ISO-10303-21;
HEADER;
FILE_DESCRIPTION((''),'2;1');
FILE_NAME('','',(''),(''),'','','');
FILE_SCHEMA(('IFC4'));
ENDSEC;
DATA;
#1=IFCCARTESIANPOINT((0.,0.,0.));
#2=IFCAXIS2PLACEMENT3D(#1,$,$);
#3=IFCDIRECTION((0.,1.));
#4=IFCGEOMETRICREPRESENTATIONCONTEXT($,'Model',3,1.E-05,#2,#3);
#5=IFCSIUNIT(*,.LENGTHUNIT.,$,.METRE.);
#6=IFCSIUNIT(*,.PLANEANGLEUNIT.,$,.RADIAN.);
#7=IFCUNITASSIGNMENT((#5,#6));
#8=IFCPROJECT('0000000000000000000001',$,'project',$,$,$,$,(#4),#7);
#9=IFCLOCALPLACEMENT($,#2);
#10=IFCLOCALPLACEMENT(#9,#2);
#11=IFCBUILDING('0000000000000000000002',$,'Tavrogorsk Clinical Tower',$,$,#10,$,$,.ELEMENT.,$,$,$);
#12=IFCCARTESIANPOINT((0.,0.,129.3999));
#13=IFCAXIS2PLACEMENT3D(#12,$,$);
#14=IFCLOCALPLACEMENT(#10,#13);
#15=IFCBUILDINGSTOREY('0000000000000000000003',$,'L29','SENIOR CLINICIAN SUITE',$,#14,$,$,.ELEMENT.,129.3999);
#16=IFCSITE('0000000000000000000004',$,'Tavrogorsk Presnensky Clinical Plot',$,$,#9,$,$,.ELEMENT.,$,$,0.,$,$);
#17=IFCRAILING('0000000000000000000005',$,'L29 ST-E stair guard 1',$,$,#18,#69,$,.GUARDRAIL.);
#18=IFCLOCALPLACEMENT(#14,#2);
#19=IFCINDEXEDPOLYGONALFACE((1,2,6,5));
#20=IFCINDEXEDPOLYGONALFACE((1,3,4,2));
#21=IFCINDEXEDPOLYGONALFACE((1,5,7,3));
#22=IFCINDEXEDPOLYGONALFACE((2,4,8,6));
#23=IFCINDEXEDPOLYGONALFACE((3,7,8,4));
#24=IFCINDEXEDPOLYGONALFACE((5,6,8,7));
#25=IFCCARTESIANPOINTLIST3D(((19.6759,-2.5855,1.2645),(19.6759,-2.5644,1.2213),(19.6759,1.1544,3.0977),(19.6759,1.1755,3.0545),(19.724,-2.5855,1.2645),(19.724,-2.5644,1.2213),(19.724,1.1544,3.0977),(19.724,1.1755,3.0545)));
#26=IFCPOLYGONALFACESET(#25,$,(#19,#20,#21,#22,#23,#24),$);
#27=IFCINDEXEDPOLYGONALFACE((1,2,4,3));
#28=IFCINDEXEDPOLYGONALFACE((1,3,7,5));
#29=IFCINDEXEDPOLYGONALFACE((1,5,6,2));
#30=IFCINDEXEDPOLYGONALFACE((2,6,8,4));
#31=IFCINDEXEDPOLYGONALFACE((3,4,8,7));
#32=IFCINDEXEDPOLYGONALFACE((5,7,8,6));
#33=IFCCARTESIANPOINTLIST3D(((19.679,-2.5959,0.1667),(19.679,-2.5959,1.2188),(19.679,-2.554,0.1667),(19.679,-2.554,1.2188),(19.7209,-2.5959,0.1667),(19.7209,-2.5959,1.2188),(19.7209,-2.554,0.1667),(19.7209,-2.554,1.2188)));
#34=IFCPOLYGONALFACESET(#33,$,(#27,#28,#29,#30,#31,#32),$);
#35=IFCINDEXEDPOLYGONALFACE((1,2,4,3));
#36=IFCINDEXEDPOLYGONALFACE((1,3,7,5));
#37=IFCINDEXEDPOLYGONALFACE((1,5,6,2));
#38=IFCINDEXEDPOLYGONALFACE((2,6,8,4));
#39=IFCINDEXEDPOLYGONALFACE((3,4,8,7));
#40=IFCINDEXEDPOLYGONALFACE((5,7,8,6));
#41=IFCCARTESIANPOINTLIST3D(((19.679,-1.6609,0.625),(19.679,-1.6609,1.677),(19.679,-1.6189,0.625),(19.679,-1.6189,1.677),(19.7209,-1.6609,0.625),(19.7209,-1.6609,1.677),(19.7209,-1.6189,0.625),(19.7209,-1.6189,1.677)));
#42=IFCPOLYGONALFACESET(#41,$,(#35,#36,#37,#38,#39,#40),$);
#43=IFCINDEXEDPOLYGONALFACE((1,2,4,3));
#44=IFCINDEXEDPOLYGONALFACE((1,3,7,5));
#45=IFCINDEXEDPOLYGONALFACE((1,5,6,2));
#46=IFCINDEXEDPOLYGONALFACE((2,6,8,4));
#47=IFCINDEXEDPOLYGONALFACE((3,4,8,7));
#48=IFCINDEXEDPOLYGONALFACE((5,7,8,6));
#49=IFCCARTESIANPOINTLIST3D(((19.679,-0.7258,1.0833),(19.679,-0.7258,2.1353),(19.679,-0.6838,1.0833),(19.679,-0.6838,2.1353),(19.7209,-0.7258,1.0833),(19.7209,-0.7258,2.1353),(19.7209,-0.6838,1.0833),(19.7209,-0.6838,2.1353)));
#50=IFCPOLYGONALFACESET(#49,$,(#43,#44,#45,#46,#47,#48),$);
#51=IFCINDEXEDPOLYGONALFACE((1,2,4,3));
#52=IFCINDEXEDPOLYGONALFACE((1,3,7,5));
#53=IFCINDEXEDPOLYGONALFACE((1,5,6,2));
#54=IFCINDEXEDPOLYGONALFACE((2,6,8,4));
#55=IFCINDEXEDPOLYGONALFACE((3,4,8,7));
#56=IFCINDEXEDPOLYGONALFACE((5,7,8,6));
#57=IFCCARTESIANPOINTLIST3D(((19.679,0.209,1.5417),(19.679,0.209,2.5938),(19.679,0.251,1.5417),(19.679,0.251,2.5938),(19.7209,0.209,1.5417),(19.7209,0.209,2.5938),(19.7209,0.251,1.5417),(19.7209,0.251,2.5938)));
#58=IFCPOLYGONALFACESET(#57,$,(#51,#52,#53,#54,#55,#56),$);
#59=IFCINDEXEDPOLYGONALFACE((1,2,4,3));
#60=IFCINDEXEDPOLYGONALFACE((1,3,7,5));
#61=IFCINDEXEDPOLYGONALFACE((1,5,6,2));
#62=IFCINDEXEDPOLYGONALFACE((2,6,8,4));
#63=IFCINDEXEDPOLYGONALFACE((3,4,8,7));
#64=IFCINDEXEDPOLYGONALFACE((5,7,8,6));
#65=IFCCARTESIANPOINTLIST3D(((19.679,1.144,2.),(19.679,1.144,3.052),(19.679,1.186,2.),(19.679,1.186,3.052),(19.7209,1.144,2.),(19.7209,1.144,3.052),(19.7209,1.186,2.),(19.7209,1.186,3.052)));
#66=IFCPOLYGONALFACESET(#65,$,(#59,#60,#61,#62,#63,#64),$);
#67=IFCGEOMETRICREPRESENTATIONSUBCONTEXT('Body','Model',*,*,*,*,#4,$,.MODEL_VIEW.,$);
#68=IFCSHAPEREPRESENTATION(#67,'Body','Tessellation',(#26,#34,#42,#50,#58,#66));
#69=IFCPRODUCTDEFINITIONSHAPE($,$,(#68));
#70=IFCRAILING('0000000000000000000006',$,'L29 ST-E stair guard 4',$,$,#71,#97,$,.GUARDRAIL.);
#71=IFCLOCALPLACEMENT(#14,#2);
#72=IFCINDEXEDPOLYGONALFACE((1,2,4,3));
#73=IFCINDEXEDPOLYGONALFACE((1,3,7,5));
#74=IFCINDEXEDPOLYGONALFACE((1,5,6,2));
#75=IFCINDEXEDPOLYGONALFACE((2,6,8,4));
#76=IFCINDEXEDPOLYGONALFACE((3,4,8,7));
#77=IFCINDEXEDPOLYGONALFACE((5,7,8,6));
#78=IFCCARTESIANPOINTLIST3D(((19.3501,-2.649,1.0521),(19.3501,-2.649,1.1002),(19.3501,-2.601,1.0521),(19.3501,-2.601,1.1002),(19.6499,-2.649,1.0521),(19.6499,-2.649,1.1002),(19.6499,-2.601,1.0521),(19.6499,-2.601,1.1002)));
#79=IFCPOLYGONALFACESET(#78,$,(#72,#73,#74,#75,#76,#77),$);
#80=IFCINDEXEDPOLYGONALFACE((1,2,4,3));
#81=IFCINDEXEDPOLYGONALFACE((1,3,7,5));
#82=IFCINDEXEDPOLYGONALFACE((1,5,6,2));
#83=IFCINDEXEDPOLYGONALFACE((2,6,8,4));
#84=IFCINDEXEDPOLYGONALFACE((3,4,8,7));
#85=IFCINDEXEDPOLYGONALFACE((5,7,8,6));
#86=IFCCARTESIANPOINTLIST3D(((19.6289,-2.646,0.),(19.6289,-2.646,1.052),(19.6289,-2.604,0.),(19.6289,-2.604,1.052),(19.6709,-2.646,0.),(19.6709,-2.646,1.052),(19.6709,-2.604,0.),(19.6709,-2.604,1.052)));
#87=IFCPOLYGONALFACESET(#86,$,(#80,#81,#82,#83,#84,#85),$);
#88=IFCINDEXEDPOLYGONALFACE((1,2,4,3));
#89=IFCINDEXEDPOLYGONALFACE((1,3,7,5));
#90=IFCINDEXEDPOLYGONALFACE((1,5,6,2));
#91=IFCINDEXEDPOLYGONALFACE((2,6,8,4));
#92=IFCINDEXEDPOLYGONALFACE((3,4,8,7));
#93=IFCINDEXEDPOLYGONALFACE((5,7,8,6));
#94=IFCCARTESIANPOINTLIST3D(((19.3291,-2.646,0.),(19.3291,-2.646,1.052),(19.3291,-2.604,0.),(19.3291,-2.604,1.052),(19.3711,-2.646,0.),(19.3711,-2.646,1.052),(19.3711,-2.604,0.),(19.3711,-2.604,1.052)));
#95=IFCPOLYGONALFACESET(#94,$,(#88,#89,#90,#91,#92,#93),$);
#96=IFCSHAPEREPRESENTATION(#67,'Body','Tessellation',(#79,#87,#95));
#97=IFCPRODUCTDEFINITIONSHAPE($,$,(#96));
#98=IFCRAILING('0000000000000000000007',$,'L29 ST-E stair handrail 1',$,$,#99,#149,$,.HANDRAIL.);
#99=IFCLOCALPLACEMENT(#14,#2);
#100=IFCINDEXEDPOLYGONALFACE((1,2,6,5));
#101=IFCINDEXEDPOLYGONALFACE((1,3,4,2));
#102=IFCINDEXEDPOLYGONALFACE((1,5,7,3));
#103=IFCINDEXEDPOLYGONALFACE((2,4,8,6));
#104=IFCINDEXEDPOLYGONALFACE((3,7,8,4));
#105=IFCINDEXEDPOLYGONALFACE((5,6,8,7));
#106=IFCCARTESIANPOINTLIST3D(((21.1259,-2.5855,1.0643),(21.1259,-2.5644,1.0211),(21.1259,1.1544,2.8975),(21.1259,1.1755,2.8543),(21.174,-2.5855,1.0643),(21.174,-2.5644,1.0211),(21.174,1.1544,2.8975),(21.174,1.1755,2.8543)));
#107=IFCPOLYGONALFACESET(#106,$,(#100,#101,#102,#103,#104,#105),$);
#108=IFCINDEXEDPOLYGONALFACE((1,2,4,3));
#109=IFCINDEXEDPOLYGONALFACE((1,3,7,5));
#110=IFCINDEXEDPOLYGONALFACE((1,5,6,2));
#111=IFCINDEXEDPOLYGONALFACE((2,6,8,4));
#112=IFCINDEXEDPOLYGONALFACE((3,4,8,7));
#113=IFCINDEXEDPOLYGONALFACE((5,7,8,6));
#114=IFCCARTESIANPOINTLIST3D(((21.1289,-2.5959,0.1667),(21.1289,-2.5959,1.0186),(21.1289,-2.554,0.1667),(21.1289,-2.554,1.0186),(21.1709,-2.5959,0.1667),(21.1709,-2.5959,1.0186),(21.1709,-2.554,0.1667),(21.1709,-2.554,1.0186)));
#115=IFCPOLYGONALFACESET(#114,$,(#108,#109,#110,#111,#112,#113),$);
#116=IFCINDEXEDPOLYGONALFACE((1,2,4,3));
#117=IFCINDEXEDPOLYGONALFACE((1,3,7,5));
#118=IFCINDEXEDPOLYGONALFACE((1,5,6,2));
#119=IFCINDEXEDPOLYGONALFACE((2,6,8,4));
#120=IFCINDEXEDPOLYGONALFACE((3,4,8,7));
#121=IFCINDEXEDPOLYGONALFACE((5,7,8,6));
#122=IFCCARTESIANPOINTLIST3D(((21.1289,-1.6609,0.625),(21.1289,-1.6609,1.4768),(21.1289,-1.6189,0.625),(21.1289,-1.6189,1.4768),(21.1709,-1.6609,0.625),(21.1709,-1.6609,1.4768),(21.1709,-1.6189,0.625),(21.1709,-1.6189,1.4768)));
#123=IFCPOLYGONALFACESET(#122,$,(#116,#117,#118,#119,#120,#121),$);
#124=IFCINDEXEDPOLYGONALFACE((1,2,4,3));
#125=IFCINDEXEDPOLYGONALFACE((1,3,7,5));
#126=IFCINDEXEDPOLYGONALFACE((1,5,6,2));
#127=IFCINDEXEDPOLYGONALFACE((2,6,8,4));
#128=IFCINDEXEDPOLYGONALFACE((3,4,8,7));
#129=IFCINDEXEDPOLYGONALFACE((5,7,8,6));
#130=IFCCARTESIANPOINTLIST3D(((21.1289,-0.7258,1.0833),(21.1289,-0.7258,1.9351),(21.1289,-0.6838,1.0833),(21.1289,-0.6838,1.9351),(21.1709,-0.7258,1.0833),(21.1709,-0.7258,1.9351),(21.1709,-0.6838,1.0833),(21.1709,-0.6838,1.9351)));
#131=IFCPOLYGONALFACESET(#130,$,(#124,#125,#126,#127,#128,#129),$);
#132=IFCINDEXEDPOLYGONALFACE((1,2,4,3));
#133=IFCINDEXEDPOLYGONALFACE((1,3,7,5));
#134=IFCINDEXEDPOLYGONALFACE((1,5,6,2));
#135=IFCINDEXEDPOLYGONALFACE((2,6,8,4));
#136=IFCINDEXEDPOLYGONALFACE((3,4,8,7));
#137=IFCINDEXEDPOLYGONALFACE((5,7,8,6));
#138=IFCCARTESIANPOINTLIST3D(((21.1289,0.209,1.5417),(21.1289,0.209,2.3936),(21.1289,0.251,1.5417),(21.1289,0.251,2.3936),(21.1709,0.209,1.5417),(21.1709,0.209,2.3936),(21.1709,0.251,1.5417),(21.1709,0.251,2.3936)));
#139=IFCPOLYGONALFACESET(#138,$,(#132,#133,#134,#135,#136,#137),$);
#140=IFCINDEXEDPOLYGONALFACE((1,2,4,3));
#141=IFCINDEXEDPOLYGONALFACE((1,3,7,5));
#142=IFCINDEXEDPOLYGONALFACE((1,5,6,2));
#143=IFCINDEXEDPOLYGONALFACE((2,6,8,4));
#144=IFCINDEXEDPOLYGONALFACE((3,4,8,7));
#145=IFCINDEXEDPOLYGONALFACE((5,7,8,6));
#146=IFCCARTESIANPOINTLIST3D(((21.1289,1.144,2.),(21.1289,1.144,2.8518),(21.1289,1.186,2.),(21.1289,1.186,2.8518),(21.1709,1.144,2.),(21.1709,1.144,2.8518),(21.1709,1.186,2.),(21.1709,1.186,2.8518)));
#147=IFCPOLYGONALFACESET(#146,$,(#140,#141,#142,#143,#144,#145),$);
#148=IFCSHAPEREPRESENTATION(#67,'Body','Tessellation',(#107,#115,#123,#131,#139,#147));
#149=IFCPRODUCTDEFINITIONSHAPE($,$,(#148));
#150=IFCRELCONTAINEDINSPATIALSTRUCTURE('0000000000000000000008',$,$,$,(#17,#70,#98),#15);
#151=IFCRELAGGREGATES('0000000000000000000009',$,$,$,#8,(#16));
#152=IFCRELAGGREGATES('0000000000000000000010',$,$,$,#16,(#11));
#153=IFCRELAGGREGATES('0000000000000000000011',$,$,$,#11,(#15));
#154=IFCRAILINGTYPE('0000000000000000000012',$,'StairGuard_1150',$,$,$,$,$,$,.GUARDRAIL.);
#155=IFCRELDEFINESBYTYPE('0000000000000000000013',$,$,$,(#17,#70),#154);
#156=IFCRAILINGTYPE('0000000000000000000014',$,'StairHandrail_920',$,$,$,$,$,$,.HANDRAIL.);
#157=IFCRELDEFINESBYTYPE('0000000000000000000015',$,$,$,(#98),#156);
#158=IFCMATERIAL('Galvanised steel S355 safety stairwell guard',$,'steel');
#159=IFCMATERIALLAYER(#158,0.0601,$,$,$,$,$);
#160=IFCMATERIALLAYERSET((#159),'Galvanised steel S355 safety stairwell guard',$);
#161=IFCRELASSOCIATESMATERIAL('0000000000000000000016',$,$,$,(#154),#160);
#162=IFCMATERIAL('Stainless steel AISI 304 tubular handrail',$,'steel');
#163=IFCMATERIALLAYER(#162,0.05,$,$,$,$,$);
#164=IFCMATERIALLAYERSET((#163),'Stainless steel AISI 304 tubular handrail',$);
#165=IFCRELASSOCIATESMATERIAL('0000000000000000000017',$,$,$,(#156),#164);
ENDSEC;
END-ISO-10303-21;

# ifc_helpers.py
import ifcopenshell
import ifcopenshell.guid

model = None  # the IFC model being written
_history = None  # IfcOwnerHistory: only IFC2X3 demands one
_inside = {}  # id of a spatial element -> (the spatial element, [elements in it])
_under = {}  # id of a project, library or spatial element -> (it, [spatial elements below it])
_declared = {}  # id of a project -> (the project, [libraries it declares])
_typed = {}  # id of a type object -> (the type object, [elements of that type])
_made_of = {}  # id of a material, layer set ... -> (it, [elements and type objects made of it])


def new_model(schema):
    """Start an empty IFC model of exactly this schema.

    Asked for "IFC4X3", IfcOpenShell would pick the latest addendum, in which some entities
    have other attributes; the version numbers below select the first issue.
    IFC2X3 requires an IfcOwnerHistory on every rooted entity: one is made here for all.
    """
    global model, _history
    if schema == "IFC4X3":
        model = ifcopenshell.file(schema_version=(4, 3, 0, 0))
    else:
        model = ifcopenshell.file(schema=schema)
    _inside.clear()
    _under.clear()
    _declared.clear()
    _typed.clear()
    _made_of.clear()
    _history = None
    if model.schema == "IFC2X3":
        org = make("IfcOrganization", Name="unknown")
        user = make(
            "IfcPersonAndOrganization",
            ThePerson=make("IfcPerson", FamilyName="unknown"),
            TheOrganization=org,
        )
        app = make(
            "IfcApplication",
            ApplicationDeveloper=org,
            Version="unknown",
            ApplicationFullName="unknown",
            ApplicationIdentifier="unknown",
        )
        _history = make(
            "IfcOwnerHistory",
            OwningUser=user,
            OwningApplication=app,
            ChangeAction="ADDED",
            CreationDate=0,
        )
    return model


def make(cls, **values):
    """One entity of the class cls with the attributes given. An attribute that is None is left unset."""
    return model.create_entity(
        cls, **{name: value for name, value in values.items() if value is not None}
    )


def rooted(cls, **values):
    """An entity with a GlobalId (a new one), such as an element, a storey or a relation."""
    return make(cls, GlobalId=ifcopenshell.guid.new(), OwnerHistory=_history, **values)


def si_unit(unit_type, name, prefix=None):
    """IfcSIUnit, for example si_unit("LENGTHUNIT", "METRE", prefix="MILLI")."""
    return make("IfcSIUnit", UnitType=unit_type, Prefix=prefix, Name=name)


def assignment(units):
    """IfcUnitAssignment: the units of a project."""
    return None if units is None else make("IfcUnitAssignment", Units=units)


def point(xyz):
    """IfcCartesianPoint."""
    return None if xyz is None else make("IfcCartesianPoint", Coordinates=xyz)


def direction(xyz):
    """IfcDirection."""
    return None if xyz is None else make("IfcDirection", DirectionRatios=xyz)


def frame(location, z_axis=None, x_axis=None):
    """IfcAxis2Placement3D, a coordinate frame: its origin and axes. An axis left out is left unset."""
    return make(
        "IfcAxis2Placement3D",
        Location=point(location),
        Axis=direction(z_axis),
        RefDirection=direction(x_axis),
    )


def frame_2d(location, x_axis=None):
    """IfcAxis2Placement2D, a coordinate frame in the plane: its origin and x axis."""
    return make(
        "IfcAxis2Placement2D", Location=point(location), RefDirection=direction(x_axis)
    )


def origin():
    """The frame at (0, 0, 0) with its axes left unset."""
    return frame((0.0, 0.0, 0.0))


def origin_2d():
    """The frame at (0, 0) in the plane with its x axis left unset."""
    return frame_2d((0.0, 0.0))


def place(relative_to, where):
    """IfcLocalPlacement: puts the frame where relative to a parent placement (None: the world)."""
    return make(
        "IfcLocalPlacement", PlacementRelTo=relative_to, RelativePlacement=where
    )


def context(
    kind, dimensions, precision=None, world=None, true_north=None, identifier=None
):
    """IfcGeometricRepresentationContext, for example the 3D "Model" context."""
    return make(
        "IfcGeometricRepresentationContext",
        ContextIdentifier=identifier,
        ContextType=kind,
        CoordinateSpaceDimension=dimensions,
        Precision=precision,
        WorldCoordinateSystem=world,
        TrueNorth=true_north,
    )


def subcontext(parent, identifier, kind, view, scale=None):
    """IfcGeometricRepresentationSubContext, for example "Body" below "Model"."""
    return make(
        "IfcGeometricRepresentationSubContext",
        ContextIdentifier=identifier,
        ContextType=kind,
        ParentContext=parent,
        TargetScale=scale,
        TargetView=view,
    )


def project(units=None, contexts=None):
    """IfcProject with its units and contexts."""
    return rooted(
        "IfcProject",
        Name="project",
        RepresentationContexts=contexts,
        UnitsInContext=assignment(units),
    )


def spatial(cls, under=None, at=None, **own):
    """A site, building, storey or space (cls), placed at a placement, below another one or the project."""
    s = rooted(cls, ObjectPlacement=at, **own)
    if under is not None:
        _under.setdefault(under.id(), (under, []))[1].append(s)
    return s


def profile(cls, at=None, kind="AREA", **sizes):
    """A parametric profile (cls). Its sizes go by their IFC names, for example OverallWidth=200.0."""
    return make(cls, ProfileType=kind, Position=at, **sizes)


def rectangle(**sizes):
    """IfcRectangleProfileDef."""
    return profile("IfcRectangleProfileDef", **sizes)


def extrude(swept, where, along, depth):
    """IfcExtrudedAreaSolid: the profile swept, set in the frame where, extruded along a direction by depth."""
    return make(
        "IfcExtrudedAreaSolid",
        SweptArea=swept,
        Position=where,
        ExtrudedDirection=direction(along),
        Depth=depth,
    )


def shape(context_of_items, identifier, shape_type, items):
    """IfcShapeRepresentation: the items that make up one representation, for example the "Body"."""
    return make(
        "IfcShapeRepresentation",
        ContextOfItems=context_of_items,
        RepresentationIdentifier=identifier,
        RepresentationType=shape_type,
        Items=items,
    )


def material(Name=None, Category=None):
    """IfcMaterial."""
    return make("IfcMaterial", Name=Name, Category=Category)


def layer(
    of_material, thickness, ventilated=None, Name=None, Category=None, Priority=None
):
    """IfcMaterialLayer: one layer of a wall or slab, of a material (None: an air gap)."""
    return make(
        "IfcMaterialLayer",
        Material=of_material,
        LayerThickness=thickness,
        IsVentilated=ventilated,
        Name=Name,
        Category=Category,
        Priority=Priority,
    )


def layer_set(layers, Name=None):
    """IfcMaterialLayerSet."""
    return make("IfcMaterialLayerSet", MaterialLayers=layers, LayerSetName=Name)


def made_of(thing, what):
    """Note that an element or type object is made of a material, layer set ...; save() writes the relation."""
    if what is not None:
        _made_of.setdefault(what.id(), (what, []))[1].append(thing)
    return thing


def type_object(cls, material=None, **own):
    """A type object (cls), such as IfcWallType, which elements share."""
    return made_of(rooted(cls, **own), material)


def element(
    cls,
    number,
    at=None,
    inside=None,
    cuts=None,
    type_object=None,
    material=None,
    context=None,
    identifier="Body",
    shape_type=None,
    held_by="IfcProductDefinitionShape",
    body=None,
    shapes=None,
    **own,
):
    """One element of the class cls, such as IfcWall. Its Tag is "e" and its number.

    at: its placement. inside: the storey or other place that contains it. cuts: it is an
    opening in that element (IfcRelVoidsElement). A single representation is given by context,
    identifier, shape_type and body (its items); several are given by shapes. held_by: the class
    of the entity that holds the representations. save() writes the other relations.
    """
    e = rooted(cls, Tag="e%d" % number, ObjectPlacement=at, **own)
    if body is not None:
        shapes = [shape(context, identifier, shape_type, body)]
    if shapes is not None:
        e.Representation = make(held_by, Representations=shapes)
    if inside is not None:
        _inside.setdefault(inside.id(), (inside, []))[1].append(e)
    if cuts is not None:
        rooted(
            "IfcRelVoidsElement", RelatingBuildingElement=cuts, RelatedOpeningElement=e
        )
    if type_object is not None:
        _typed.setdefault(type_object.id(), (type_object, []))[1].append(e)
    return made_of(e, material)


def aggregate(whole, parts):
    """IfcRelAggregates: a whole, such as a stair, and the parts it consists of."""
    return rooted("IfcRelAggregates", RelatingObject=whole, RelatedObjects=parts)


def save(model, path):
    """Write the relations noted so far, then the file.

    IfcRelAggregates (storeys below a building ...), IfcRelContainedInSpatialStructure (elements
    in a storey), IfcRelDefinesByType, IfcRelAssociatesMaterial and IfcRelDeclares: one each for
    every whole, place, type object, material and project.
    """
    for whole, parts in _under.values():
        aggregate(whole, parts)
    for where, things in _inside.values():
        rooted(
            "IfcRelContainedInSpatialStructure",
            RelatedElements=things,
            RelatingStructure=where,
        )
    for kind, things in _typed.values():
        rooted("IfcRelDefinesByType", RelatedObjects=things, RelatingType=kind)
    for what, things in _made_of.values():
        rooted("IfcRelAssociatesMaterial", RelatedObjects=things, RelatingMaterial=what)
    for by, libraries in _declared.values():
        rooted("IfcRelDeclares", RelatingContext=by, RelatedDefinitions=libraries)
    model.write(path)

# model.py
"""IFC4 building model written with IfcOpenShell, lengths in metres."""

from ifc_helpers import new_model, si_unit, direction, frame, origin, origin_2d, place, context, subcontext, project, spatial, rectangle, extrude, material, layer, layer_set, type_object, element, save


model = new_model("IFC4")

# Units and contexts
model_context = context("Model", 3, precision=1e-05, world=origin(), true_north=direction((0.0, 1.0)))
body_context = subcontext(model_context, "Body", "Model", "MODEL_VIEW")
ifc_project = project(units=[si_unit("LENGTHUNIT", "METRE"), si_unit("PLANEANGLEUNIT", "RADIAN")], contexts=[model_context])

# Site, building, storey
site_placement = place(None, origin())
site = spatial("IfcSite", under=ifc_project, at=site_placement, Name="Tavrogorsk Presnensky Clinical Plot", CompositionType="ELEMENT", RefElevation=0.0)
building_placement = place(site_placement, origin())
building = spatial("IfcBuilding", under=site, at=building_placement, Name="Tavrogorsk Clinical Tower", CompositionType="ELEMENT")
storey_placement = place(building_placement, frame((0.0, 0.0, 129.3999)))
storey = spatial("IfcBuildingStorey", under=building, at=storey_placement, Name="L29", Description="SENIOR CLINICIAN SUITE", CompositionType="ELEMENT", Elevation=129.3999)

# Railings
ifc_material_1 = material(Name="Galvanised steel S355 safety stairwell guard", Category="steel")
ifc_layer_1 = layer(ifc_material_1, 0.0601)
ifc_layer_set_1 = layer_set([ifc_layer_1], Name="Galvanised steel S355 safety stairwell guard")
railing_type_1 = type_object("IfcRailingType", Name="StairGuard_1150", PredefinedType="GUARDRAIL", material=ifc_layer_set_1)
railing_1_placement = place(storey_placement, frame((19.7, -2.575, 0.1667)))
element("IfcRailing", 1, at=railing_1_placement, inside=storey, type_object=railing_type_1, Name="L29 ST-E stair guard 1", PredefinedType="GUARDRAIL", context=body_context, shape_type="SweptSolid", body=[
    extrude(rectangle(XDim=0.0481, YDim=0.0481, at=origin_2d()), frame((0.0, 0.0, 1.0762), z_axis=(0.0, 0.897928, 0.440142), x_axis=(-1.0, 0.0, 0.0)), (0.0, 0.0, 1.0), 4.165),
    extrude(rectangle(XDim=0.042, YDim=0.042, at=origin_2d()), origin(), (0.0, 0.0, 1.0), 1.052),
    extrude(rectangle(XDim=0.042, YDim=0.042, at=origin_2d()), frame((0.0, 0.9351, 0.4583)), (0.0, 0.0, 1.0), 1.052),
    extrude(rectangle(XDim=0.042, YDim=0.042, at=origin_2d()), frame((0.0, 1.8701, 0.9165)), (0.0, 0.0, 1.0), 1.052),
    extrude(rectangle(XDim=0.042, YDim=0.042, at=origin_2d()), frame((0.0, 2.8049, 1.375)), (0.0, 0.0, 1.0), 1.052),
    extrude(rectangle(XDim=0.042, YDim=0.042, at=origin_2d()), frame((0.0, 3.74, 1.8333)), (0.0, 0.0, 1.0), 1.052),
])
railing_2_placement = place(storey_placement, frame((19.6499, -2.625, 0.0)))
element("IfcRailing", 2, at=railing_2_placement, inside=storey, type_object=railing_type_1, Name="L29 ST-E stair guard 4", PredefinedType="GUARDRAIL", context=body_context, shape_type="SweptSolid", body=[
    extrude(rectangle(XDim=0.0481, YDim=0.0481, at=origin_2d()), frame((0.0, 0.0, 1.0762), z_axis=(-1.0, 0.0, 0.0), x_axis=(0.0, -1.0, 0.0)), (0.0, 0.0, 1.0), 0.2998),
    extrude(rectangle(XDim=0.042, YDim=0.042, at=origin_2d()), origin(), (0.0, 0.0, 1.0), 1.052),
    extrude(rectangle(XDim=0.042, YDim=0.042, at=origin_2d()), frame((-0.2998, 0.0, 0.0)), (0.0, 0.0, 1.0), 1.052),
])
ifc_material_2 = material(Name="Stainless steel AISI 304 tubular handrail", Category="steel")
ifc_layer_2 = layer(ifc_material_2, 0.05)
ifc_layer_set_2 = layer_set([ifc_layer_2], Name="Stainless steel AISI 304 tubular handrail")
railing_type_2 = type_object("IfcRailingType", Name="StairHandrail_920", PredefinedType="HANDRAIL", material=ifc_layer_set_2)
railing_3_placement = place(storey_placement, frame((21.1499, -2.575, 0.1667)))
element("IfcRailing", 3, at=railing_3_placement, inside=storey, type_object=railing_type_2, Name="L29 ST-E stair handrail 1", PredefinedType="HANDRAIL", context=body_context, shape_type="SweptSolid", body=[
    extrude(rectangle(XDim=0.0481, YDim=0.0481, at=origin_2d()), frame((0.0, 0.0, 0.876), z_axis=(0.0, 0.897928, 0.440142), x_axis=(-1.0, 0.0, 0.0)), (0.0, 0.0, 1.0), 4.165),
    extrude(rectangle(XDim=0.042, YDim=0.042, at=origin_2d()), origin(), (0.0, 0.0, 1.0), 0.8518),
    extrude(rectangle(XDim=0.042, YDim=0.042, at=origin_2d()), frame((0.0, 0.9351, 0.4583)), (0.0, 0.0, 1.0), 0.8518),
    extrude(rectangle(XDim=0.042, YDim=0.042, at=origin_2d()), frame((0.0, 1.8701, 0.9165)), (0.0, 0.0, 1.0), 0.8518),
    extrude(rectangle(XDim=0.042, YDim=0.042, at=origin_2d()), frame((0.0, 2.8049, 1.375)), (0.0, 0.0, 1.0), 0.8518),
    extrude(rectangle(XDim=0.042, YDim=0.042, at=origin_2d()), frame((0.0, 3.74, 1.8333)), (0.0, 0.0, 1.0), 0.8518),
])

save(model, "model.ifc")
